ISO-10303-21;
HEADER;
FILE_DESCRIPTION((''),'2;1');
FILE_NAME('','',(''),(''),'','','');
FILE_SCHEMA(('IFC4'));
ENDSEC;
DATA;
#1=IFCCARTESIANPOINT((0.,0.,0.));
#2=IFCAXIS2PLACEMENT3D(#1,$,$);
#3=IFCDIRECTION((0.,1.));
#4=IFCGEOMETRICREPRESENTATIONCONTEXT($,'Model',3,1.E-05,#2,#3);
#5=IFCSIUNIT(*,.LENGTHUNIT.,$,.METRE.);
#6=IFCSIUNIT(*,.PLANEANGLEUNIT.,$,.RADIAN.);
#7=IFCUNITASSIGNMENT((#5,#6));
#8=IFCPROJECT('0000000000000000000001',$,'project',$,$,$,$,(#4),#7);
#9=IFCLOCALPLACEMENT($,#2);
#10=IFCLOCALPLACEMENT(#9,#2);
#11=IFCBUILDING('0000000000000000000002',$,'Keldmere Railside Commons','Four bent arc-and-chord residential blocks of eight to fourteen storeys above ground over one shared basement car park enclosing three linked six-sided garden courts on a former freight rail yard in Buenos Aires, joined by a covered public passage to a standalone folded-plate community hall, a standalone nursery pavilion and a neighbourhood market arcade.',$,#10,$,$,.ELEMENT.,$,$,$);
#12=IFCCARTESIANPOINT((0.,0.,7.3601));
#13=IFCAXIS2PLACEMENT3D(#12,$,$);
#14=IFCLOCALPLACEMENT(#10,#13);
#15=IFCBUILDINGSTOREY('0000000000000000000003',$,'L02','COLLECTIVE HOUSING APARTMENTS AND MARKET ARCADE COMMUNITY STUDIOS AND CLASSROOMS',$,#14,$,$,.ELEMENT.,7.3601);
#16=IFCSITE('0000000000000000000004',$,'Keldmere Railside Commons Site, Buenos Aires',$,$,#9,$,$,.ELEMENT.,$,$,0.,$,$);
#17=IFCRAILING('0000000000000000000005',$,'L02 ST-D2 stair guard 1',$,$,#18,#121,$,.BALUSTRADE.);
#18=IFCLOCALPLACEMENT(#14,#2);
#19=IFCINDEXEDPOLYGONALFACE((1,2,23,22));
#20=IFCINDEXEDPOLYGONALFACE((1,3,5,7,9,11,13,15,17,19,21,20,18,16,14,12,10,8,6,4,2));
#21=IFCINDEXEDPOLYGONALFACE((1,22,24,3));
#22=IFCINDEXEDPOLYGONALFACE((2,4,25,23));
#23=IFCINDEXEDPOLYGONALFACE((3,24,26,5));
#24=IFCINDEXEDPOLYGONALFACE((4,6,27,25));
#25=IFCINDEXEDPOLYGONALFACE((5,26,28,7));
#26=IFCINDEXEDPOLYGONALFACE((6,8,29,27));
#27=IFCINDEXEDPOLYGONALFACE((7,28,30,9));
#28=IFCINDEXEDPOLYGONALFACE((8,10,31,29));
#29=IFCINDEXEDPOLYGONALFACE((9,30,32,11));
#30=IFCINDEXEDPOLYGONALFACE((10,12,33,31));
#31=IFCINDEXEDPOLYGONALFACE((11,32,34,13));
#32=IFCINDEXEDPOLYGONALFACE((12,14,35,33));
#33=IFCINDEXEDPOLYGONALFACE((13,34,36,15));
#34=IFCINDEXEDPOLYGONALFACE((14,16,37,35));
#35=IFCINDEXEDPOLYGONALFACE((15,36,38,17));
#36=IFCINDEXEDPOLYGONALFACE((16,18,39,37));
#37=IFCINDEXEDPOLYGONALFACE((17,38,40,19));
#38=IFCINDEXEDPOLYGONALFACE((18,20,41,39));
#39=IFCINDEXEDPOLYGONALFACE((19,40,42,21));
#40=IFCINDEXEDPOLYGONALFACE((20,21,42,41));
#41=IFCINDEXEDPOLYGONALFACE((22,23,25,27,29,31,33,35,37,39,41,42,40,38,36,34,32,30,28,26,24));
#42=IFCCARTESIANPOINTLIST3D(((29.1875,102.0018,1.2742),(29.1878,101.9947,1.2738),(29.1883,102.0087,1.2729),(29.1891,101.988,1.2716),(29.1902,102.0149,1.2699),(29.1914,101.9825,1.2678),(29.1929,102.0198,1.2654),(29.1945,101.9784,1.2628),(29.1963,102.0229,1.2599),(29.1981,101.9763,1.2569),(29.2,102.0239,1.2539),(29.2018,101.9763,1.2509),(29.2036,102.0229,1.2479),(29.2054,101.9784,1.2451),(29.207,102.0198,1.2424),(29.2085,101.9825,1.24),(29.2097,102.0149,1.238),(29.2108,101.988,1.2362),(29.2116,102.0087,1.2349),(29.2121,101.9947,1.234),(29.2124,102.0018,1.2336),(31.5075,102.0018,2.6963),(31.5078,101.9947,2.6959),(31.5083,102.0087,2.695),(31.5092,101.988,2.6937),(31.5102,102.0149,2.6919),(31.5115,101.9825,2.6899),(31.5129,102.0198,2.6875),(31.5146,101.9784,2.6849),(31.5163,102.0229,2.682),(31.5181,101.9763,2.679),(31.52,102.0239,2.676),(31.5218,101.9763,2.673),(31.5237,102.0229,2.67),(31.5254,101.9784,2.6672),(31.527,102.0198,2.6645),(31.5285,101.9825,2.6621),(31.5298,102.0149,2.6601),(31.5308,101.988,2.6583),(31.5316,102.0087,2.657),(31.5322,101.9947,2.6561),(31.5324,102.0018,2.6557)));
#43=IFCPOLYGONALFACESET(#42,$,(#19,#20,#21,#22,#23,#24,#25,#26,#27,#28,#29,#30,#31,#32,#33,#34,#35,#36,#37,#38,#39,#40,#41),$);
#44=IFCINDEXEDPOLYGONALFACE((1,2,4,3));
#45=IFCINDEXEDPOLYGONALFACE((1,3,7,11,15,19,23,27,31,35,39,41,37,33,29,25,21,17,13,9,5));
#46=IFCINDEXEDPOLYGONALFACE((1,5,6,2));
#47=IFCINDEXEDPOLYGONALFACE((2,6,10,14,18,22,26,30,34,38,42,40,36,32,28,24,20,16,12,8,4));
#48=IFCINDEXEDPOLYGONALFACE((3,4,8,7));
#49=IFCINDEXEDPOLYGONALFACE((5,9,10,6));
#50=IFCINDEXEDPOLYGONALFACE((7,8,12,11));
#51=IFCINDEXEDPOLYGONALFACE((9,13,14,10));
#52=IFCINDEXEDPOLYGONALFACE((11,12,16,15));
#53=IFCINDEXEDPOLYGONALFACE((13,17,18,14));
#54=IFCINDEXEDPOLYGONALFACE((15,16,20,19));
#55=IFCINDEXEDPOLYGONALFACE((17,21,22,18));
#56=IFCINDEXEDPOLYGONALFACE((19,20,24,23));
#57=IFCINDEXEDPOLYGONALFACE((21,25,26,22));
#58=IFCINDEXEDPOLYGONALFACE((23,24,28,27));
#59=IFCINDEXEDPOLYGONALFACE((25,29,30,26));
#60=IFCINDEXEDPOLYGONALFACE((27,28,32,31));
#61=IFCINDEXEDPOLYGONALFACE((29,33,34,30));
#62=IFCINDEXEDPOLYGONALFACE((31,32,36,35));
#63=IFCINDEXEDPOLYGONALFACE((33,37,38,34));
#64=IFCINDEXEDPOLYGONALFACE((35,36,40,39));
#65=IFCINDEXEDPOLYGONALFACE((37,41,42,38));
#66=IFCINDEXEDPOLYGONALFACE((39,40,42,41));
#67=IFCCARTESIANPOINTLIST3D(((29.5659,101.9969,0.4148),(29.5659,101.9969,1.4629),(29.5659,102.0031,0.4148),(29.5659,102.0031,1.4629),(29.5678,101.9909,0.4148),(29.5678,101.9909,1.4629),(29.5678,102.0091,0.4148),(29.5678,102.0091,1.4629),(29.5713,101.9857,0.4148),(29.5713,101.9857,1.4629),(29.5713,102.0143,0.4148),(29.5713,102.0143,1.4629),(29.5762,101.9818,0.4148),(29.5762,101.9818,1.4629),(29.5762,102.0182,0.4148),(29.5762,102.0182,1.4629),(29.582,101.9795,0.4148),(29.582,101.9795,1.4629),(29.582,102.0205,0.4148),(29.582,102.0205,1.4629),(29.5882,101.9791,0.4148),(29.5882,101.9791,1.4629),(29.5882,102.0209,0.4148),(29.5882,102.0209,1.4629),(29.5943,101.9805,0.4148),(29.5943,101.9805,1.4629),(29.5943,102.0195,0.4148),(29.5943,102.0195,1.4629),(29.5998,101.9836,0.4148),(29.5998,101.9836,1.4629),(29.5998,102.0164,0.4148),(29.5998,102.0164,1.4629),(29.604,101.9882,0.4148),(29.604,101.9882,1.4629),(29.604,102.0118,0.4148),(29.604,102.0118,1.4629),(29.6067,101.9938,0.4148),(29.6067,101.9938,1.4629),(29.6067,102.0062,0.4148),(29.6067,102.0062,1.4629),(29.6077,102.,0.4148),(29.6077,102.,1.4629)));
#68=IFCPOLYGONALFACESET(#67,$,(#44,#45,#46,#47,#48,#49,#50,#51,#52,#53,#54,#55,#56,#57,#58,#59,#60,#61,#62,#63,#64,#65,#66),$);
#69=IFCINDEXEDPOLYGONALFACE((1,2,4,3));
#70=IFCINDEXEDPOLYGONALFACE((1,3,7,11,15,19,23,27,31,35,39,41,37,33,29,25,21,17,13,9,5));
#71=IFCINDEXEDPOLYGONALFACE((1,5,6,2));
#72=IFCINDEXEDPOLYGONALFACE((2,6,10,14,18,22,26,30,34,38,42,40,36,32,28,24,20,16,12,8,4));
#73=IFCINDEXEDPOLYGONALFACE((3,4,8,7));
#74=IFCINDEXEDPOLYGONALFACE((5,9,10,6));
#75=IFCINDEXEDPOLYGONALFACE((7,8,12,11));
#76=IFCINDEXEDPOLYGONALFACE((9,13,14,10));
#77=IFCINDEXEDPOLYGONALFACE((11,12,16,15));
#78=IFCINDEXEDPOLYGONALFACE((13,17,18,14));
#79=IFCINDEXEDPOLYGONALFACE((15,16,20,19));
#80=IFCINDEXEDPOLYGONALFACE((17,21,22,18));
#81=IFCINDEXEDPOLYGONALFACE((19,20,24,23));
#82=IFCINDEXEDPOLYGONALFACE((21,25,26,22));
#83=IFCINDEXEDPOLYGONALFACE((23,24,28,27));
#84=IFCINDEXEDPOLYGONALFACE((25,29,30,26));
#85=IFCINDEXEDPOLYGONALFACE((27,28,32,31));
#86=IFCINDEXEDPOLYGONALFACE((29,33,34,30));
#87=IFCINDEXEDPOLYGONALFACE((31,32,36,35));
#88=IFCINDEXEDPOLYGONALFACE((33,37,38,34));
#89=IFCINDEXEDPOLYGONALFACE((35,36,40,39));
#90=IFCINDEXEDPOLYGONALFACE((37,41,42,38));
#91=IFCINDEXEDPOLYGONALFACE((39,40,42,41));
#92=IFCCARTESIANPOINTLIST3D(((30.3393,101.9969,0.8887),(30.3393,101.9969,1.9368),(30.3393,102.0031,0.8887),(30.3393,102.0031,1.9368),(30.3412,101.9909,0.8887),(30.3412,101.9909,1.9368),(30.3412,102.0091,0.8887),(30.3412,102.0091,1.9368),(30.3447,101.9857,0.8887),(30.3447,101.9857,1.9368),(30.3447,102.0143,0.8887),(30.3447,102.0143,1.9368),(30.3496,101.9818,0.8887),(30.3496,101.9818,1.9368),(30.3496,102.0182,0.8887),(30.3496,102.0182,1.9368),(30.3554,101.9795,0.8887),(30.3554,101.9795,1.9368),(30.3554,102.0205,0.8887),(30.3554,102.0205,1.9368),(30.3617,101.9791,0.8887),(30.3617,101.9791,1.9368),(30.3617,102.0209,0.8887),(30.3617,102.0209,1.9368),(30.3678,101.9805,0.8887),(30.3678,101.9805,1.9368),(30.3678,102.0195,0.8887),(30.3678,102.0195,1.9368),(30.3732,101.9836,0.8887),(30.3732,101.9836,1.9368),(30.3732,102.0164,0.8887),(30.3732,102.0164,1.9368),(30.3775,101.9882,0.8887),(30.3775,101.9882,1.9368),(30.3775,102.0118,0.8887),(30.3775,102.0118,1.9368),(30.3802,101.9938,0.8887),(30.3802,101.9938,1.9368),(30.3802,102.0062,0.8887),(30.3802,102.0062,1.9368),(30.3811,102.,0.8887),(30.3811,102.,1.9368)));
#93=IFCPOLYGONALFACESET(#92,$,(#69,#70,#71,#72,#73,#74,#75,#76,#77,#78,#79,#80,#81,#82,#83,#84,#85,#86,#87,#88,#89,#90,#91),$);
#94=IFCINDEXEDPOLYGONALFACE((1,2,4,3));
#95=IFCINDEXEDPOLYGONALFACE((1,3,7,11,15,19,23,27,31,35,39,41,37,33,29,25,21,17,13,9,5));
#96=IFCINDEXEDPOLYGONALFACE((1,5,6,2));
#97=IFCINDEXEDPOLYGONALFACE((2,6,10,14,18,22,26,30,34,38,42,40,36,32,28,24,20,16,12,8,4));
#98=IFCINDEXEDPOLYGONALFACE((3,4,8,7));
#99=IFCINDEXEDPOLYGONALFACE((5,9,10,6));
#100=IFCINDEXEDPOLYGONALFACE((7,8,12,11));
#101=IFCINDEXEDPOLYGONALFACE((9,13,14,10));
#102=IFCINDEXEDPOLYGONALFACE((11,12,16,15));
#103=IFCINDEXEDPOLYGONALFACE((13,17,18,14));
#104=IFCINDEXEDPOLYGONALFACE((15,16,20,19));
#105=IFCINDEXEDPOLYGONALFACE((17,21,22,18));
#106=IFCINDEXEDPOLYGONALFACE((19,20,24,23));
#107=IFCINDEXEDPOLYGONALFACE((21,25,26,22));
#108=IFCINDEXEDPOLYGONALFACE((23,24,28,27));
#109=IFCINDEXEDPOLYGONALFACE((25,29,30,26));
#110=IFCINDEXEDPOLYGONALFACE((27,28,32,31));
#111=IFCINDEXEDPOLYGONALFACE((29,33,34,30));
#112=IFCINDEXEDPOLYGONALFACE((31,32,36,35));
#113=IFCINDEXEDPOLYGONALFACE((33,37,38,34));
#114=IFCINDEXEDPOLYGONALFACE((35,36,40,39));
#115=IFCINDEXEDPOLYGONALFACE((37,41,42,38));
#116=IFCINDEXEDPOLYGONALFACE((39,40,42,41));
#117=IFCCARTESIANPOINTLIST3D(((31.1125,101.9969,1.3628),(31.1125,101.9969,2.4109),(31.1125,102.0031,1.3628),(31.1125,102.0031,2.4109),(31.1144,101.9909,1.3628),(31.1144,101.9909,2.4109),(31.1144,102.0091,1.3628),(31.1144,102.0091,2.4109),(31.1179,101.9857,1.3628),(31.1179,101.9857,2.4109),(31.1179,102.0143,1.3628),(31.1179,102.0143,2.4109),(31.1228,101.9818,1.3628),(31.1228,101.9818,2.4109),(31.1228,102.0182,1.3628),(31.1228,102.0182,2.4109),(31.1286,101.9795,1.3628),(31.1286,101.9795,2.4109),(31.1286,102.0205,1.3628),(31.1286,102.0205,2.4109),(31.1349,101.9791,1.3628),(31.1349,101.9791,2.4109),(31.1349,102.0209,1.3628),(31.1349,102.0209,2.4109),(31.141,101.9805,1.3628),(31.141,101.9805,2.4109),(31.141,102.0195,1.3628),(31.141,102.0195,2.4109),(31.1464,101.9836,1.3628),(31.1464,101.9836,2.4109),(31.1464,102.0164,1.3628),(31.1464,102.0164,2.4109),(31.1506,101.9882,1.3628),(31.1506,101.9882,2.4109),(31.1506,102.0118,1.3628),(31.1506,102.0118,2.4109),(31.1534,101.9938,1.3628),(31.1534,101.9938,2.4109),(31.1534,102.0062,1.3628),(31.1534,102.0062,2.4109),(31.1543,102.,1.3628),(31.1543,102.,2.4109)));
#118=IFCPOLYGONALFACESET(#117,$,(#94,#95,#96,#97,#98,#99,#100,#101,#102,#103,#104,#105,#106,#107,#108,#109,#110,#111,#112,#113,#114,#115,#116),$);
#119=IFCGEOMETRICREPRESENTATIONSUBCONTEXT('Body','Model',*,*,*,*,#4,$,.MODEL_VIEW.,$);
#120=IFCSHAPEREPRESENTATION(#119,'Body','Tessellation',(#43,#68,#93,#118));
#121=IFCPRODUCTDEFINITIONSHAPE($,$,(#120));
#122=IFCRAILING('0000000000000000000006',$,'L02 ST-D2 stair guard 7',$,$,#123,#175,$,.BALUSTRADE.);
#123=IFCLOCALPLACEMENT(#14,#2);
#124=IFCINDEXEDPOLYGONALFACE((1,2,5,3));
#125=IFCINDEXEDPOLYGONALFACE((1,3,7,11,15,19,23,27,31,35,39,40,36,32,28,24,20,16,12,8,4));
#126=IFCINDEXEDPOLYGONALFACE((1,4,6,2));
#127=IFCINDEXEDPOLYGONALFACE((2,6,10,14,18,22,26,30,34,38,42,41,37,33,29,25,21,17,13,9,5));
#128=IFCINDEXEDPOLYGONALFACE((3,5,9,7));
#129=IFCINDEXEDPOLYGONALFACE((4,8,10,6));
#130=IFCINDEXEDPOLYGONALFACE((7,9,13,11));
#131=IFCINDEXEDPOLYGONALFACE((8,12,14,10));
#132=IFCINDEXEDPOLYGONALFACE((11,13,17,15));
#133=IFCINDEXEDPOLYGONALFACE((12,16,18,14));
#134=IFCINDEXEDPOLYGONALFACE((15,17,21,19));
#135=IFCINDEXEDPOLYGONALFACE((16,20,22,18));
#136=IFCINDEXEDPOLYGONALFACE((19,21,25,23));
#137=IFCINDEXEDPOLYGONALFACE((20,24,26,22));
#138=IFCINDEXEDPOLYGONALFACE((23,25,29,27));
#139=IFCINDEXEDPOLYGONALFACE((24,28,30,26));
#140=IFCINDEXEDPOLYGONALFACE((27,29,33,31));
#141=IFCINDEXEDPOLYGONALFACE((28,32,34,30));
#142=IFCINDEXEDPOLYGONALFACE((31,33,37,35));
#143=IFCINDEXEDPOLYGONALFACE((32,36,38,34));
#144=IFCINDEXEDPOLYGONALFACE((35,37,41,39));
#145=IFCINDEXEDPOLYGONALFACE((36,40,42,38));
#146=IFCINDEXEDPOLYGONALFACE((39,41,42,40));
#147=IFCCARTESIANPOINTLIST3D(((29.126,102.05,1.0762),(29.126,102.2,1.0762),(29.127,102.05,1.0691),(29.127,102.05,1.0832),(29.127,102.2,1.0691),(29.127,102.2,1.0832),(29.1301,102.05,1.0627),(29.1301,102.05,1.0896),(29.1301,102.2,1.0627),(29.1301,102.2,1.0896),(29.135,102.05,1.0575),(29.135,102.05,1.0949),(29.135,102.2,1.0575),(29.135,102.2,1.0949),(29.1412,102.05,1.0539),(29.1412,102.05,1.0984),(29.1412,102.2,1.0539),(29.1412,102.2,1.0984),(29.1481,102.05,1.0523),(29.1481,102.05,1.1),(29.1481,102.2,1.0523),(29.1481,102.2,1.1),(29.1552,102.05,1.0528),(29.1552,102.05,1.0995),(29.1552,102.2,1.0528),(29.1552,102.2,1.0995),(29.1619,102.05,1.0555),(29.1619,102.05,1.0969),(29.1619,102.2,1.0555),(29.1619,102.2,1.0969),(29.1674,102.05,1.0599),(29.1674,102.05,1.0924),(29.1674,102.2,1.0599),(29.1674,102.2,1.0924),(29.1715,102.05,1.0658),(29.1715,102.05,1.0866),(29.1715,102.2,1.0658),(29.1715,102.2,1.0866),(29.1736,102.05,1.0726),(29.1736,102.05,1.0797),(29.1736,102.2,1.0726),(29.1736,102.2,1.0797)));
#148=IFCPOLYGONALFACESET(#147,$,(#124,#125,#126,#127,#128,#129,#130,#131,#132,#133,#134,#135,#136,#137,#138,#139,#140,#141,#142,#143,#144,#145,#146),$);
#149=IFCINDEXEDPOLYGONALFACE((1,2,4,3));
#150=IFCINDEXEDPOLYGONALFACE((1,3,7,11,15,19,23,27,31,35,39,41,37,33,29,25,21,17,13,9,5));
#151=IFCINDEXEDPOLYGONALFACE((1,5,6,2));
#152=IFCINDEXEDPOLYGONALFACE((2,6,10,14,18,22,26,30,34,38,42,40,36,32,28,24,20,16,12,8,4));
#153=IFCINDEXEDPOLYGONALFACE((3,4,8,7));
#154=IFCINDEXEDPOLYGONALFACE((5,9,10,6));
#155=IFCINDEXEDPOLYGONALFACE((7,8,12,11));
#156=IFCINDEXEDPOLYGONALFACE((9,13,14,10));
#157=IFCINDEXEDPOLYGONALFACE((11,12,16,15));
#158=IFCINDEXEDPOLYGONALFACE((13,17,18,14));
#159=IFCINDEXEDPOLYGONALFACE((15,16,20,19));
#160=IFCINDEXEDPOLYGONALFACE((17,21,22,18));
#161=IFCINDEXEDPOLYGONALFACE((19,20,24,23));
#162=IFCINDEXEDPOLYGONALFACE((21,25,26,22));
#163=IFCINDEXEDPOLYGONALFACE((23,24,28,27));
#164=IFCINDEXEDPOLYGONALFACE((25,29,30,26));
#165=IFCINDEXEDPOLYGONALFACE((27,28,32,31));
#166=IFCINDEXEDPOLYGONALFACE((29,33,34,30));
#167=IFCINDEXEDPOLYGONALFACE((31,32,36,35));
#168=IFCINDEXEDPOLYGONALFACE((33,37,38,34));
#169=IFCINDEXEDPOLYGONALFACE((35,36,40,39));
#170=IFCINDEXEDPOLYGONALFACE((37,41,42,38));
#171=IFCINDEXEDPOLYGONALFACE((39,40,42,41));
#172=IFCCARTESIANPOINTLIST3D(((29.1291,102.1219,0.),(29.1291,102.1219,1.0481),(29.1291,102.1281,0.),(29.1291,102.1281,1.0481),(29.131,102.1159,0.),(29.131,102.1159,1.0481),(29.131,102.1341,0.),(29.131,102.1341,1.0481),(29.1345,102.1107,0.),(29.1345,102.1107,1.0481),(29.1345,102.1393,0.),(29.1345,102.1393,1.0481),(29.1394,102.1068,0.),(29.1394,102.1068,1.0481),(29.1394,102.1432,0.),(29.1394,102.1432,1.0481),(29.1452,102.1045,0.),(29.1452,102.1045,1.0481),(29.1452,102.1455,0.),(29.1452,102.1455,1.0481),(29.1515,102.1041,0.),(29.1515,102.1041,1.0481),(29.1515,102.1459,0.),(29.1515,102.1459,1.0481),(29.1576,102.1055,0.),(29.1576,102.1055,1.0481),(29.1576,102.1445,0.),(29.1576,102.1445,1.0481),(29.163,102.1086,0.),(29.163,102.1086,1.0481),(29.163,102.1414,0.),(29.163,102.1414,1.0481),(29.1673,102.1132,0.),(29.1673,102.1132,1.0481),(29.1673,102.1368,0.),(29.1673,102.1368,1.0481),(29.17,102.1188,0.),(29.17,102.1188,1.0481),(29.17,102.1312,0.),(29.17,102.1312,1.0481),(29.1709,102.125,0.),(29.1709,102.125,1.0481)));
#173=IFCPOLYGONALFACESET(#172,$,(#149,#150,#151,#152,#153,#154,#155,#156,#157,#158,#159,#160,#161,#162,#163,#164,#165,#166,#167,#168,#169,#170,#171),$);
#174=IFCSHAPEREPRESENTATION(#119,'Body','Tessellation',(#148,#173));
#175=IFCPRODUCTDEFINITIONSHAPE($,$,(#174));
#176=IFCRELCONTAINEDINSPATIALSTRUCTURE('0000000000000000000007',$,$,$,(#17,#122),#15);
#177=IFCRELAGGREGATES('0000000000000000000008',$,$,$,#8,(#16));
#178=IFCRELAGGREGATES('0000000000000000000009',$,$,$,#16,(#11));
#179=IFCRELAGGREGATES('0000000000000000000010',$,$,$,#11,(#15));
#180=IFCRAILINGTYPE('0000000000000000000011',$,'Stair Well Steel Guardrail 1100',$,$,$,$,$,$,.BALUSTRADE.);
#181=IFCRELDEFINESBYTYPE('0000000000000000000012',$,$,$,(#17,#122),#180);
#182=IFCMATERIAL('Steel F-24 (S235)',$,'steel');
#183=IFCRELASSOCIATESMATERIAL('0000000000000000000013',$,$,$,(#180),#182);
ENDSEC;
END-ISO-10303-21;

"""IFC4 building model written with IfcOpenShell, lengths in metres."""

from ifc_helpers import new_model, si_unit, direction, frame, origin, origin_2d, place, context, subcontext, project, spatial, circle, extrude, material, type_object, element, save


model = new_model("IFC4")

# Units and contexts
model_context = context("Model", 3, precision=1e-05, world=origin(), true_north=direction((0.0, 1.0)))
body_context = subcontext(model_context, "Body", "Model", "MODEL_VIEW")
ifc_project = project(units=[si_unit("LENGTHUNIT", "METRE"), si_unit("PLANEANGLEUNIT", "RADIAN")], contexts=[model_context])

# Site, building, storey
site_placement = place(None, origin())
site = spatial("IfcSite", under=ifc_project, at=site_placement, Name="Keldmere Railside Commons Site, Buenos Aires", CompositionType="ELEMENT", RefElevation=0.0)
building_placement = place(site_placement, origin())
building = spatial("IfcBuilding", under=site, at=building_placement, Name="Keldmere Railside Commons", Description="Four bent arc-and-chord residential blocks of eight to fourteen storeys above ground over one shared basement car park enclosing three linked six-sided garden courts on a former freight rail yard in Buenos Aires, joined by a covered public passage to a standalone folded-plate community hall, a standalone nursery pavilion and a neighbourhood market arcade.", CompositionType="ELEMENT")
storey_placement = place(building_placement, frame((0.0, 0.0, 7.3601)))
storey = spatial("IfcBuildingStorey", under=building, at=storey_placement, Name="L02", Description="COLLECTIVE HOUSING APARTMENTS AND MARKET ARCADE COMMUNITY STUDIOS AND CLASSROOMS", CompositionType="ELEMENT", Elevation=7.3601)

# Railings
ifc_material_1 = material(Name="Steel F-24 (S235)", Category="steel")
railing_type_1 = type_object("IfcRailingType", Name="Stair Well Steel Guardrail 1100", PredefinedType="BALUSTRADE", material=ifc_material_1)
railing_1_placement = place(storey_placement, frame((29.2, 102.0, 0.1777)))
element("IfcRailing", 1, at=railing_1_placement, inside=storey, type_object=railing_type_1, Name="L02 ST-D2 stair guard 1", PredefinedType="BALUSTRADE", context=body_context, shape_type="SweptSolid", body=[
    extrude(circle(Radius=0.0239, at=origin_2d()), frame((0.0, 0.0, 1.0762), z_axis=(0.852578, 0.0, 0.5226), x_axis=(0.0, 1.0, 0.0)), (0.0, 0.0, 1.0), 2.7212),
    extrude(circle(Radius=0.021, at=origin_2d()), frame((0.3867, 0.0, 0.2371)), (0.0, 0.0, 1.0), 1.0481),
    extrude(circle(Radius=0.021, at=origin_2d()), frame((1.1602, 0.0, 0.7109)), (0.0, 0.0, 1.0), 1.0481),
    extrude(circle(Radius=0.021, at=origin_2d()), frame((1.9333, 0.0, 1.1851)), (0.0, 0.0, 1.0), 1.0481),
])
railing_2_placement = place(storey_placement, frame((29.1499, 102.05, 0.0)))
element("IfcRailing", 2, at=railing_2_placement, inside=storey, type_object=railing_type_1, Name="L02 ST-D2 stair guard 7", PredefinedType="BALUSTRADE", context=body_context, shape_type="SweptSolid", body=[
    extrude(circle(Radius=0.0239, at=origin_2d()), frame((0.0, 0.0, 1.0762), z_axis=(0.0, 1.0, 0.0), x_axis=(-1.0, 0.0, 0.0)), (0.0, 0.0, 1.0), 0.1499),
    extrude(circle(Radius=0.021, at=origin_2d()), frame((0.0, 0.075, 0.0)), (0.0, 0.0, 1.0), 1.0481),
])

save(model, "model.ifc")
